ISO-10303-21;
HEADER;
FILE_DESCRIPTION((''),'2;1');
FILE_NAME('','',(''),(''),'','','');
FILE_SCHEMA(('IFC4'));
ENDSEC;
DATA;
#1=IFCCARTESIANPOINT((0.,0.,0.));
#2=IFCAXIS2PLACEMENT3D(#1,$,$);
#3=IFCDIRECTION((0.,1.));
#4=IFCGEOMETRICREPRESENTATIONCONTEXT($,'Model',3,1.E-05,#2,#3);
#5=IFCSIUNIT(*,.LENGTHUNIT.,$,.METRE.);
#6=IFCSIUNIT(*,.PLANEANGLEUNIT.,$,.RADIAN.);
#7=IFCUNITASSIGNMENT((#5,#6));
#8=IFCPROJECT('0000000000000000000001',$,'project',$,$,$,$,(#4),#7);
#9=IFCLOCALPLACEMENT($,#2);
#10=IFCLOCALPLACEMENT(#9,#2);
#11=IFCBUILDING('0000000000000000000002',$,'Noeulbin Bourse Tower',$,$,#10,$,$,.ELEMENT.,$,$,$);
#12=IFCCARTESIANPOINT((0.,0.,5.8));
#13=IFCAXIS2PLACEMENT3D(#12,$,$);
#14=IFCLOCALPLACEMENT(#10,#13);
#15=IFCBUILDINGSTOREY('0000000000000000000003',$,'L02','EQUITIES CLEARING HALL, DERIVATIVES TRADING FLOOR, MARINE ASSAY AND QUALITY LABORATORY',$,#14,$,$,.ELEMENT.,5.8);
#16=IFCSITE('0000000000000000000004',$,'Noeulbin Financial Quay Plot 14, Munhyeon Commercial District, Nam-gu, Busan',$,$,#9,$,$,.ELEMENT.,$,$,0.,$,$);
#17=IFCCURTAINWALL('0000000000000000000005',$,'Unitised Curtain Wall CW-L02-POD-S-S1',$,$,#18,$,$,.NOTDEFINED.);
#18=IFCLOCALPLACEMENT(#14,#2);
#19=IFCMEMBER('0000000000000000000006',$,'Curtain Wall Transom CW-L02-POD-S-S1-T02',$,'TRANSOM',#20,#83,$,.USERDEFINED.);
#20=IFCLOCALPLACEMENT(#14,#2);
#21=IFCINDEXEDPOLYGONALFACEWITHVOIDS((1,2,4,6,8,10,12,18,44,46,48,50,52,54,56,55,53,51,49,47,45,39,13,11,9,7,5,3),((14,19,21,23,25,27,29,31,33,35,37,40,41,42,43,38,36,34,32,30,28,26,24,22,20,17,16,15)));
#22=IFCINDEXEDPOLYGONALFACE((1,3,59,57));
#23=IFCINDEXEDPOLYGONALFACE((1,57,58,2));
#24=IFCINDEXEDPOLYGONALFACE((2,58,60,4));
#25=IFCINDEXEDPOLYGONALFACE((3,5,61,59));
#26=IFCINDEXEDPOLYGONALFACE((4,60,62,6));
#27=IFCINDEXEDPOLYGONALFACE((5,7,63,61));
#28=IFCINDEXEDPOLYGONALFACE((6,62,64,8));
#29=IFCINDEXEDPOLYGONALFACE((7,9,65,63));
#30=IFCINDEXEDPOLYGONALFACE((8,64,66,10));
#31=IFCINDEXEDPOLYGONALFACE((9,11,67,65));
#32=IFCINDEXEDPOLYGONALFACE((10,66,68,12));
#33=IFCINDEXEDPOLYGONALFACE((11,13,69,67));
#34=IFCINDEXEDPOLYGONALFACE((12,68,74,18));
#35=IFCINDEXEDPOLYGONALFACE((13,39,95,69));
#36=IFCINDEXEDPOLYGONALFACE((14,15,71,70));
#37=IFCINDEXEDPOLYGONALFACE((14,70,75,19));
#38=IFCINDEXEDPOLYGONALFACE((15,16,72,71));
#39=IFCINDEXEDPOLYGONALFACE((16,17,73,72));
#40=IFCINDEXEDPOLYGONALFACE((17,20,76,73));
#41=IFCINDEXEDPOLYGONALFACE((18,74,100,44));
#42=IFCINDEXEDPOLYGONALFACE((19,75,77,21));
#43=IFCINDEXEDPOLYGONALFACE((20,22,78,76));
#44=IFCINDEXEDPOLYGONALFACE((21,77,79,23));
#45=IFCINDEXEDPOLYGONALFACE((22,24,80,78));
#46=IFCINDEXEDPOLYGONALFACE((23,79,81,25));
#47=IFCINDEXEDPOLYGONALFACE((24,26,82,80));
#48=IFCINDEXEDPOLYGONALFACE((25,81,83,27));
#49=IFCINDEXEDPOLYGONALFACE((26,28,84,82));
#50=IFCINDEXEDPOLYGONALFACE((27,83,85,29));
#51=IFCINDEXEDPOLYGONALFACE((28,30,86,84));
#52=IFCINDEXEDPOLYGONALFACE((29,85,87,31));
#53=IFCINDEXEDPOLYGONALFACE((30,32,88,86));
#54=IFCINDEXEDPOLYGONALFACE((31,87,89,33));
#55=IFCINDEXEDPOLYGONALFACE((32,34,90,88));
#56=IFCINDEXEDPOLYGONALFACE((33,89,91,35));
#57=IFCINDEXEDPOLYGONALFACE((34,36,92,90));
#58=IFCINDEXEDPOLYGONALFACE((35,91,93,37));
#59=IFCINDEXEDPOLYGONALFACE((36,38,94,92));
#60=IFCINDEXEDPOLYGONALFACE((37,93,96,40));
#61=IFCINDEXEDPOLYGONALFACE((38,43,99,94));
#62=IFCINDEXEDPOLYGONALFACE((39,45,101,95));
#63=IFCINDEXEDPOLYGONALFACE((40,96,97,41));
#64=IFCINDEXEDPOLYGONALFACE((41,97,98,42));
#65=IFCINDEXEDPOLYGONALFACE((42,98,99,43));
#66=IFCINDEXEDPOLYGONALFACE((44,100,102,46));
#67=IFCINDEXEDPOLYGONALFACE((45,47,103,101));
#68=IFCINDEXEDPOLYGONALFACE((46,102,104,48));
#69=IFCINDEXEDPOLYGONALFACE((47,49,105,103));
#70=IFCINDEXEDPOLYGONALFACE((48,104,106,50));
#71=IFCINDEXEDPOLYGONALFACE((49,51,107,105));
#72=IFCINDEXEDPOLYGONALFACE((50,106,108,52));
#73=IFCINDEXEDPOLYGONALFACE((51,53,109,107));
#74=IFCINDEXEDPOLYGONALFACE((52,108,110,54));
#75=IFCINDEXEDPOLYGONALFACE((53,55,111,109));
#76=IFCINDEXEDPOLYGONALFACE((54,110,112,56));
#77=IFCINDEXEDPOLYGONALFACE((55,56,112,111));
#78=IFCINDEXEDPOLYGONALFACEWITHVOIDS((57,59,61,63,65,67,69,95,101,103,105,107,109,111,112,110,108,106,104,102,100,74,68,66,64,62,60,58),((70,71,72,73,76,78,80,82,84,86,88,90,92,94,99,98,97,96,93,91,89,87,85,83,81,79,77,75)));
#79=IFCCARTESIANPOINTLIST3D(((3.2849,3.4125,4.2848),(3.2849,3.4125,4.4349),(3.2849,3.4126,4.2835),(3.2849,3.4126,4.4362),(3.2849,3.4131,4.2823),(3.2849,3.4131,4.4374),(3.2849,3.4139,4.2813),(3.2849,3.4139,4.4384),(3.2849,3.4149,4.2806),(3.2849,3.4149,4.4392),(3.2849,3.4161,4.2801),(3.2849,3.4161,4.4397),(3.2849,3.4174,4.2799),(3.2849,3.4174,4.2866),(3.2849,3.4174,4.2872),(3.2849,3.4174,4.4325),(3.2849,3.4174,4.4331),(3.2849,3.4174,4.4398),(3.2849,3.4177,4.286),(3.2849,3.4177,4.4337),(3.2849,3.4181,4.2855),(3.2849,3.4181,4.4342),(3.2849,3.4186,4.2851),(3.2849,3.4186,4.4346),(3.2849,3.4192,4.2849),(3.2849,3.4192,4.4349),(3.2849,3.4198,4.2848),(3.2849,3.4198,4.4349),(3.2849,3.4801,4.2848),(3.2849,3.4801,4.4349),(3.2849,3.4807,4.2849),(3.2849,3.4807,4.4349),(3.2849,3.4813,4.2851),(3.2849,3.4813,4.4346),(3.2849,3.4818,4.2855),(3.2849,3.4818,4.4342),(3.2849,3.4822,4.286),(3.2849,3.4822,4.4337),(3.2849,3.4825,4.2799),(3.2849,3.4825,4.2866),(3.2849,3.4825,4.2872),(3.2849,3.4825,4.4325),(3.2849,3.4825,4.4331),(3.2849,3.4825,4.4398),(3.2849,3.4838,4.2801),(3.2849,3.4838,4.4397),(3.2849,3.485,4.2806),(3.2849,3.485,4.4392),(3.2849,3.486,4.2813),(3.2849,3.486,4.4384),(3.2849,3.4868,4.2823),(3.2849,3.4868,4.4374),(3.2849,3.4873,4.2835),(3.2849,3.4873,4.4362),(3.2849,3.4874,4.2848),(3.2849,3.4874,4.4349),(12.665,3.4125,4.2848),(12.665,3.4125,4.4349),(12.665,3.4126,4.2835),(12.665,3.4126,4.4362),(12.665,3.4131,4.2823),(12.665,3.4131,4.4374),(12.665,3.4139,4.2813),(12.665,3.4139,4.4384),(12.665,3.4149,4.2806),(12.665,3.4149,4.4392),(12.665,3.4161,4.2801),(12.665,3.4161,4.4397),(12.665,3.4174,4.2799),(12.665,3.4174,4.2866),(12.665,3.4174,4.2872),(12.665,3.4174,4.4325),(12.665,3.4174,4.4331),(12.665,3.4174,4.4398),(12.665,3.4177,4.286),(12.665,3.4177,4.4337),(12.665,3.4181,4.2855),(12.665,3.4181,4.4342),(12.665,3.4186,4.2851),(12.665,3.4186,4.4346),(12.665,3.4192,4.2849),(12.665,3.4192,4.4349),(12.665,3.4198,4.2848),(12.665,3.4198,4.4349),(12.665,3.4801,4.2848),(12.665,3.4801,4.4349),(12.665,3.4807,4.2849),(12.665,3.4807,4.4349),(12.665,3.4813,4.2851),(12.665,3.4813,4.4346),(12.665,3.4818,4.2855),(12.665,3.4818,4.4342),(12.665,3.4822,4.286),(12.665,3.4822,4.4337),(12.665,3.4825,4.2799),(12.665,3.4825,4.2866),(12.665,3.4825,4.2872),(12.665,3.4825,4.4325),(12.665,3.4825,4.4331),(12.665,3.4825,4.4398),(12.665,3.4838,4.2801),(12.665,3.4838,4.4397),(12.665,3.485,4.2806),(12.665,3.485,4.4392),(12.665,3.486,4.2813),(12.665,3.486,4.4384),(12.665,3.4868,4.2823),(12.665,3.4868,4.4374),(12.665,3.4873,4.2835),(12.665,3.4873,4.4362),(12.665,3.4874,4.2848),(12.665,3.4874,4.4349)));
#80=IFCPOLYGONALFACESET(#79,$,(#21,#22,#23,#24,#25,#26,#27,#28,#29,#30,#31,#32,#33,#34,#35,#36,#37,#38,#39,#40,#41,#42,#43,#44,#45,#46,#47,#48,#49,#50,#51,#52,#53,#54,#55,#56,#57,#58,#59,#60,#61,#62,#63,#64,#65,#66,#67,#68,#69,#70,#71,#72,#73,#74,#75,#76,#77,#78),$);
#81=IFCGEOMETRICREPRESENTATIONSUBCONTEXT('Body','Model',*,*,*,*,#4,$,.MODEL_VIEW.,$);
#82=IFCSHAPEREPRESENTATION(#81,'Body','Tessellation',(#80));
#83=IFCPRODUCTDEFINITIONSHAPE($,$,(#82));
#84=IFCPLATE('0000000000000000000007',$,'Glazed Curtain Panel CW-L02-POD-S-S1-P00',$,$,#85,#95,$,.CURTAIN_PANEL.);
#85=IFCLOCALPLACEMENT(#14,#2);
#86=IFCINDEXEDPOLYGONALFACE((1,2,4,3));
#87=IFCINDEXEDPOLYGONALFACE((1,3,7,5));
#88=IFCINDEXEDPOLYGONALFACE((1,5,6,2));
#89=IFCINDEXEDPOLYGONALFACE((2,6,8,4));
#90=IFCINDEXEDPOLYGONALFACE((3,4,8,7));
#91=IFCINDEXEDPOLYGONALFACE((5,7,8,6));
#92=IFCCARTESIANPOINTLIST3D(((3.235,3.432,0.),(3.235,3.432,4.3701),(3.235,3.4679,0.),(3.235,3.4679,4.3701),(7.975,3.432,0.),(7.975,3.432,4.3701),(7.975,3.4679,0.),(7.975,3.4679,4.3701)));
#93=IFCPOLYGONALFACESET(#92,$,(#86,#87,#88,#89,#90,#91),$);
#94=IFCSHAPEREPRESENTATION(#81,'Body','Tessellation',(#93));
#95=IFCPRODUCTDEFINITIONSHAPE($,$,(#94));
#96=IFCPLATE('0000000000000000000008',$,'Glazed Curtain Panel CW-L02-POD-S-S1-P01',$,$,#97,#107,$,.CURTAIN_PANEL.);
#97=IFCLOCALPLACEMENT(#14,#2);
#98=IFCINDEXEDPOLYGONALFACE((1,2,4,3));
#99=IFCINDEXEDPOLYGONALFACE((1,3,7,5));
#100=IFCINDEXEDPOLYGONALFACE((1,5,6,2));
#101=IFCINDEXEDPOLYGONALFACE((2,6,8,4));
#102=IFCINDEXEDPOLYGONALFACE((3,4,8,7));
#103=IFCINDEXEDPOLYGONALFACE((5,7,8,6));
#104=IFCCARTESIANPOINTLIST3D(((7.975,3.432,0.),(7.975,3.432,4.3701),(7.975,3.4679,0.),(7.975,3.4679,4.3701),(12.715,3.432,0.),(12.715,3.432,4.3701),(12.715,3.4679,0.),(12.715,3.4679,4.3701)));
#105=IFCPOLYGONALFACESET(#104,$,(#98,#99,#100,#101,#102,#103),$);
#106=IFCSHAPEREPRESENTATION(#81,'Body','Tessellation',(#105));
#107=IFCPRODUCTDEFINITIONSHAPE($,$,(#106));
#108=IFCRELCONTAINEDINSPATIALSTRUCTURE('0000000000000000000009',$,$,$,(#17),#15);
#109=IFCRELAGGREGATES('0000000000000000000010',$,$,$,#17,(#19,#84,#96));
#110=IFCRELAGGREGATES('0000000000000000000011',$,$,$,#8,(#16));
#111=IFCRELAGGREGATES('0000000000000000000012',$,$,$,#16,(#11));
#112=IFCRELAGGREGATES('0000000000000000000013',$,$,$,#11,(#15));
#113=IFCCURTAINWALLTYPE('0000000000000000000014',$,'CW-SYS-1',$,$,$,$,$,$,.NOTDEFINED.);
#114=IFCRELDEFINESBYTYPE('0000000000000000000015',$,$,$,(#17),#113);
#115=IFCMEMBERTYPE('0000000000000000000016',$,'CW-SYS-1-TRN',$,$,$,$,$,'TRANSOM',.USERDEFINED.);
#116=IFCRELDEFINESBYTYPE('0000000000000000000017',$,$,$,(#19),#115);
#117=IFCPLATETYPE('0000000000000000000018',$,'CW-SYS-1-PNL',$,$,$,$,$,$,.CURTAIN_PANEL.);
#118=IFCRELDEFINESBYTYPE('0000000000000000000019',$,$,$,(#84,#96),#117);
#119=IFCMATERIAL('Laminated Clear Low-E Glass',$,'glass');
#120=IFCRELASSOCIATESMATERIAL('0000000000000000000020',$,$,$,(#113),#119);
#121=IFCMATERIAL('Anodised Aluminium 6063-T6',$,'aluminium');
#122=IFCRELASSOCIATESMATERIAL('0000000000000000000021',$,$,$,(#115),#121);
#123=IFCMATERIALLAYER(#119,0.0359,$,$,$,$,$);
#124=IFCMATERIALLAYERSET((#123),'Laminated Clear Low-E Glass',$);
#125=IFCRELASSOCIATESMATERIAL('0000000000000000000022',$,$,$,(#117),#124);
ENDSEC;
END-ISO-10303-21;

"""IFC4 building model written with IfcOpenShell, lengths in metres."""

from ifc_helpers import new_model, si_unit, direction, frame, origin, origin_2d, place, context, subcontext, project, spatial, rectangle, hollow_rectangle, extrude, material, layer, layer_set, material_profile, profile_set, type_object, element, aggregate, save


model = new_model("IFC4")

# Units and contexts
model_context = context("Model", 3, precision=1e-05, world=origin(), true_north=direction((0.0, 1.0)))
body_context = subcontext(model_context, "Body", "Model", "MODEL_VIEW")
ifc_project = project(units=[si_unit("LENGTHUNIT", "METRE"), si_unit("PLANEANGLEUNIT", "RADIAN")], contexts=[model_context])

# Site, building, storey
site_placement = place(None, origin())
site = spatial("IfcSite", under=ifc_project, at=site_placement, Name="Noeulbin Financial Quay Plot 14, Munhyeon Commercial District, Nam-gu, Busan", CompositionType="ELEMENT", RefElevation=0.0)
building_placement = place(site_placement, origin())
building = spatial("IfcBuilding", under=site, at=building_placement, Name="Noeulbin Bourse Tower", CompositionType="ELEMENT")
storey_placement = place(building_placement, frame((0.0, 0.0, 5.8)))
storey = spatial("IfcBuildingStorey", under=building, at=storey_placement, Name="L02", Description="EQUITIES CLEARING HALL, DERIVATIVES TRADING FLOOR, MARINE ASSAY AND QUALITY LABORATORY", CompositionType="ELEMENT", Elevation=5.8)

# Curtain wall
ifc_material_1 = material(Name="Laminated Clear Low-E Glass", Category="glass")
curtain_wall_type = type_object("IfcCurtainWallType", Name="CW-SYS-1", PredefinedType="NOTDEFINED", material=ifc_material_1)
curtain_wall_1_placement = place(storey_placement, origin())
curtain_wall_1 = element("IfcCurtainWall", 1, at=curtain_wall_1_placement, inside=storey, type_object=curtain_wall_type, Name="Unitised Curtain Wall CW-L02-POD-S-S1", PredefinedType="NOTDEFINED")
ifc_material_2 = material(Name="Anodised Aluminium 6063-T6", Category="aluminium")

# Member
ifc_material_profile_1 = material_profile(ifc_material_2, hollow_rectangle(XDim=0.075, YDim=0.1599, WallThickness=0.0049, InnerFilletRadius=0.0024, OuterFilletRadius=0.0049, at=origin_2d()), Name="ALU-TRAN-75x160x5", Category="LoadBearing")
ifc_profile_set_1 = profile_set([ifc_material_profile_1], Name="Anodised Aluminium 6063-T6")
member_type_1 = type_object("IfcMemberType", Name="CW-SYS-1-TRN", ElementType="TRANSOM", PredefinedType="USERDEFINED", material=ifc_profile_set_1)
member_1_placement = place(storey_placement, frame((3.2849, 3.45, 4.3599), z_axis=(1.0, 0.0, 0.0), x_axis=(0.0, 1.0, 0.0)))
member_1 = element("IfcMember", 2, at=member_1_placement, type_object=member_type_1, Name="Curtain Wall Transom CW-L02-POD-S-S1-T02", ObjectType="TRANSOM", PredefinedType="USERDEFINED", context=body_context, shape_type="SweptSolid", body=[
    extrude(hollow_rectangle(XDim=0.075, YDim=0.1599, WallThickness=0.0049, InnerFilletRadius=0.0024, OuterFilletRadius=0.0049, at=origin_2d()), origin(), (0.0, 0.0, 1.0), 9.3801),
])

# Plates
ifc_layer = layer(ifc_material_1, 0.0359)
ifc_layer_set = layer_set([ifc_layer], Name="Laminated Clear Low-E Glass")
plate_type = type_object("IfcPlateType", Name="CW-SYS-1-PNL", PredefinedType="CURTAIN_PANEL", material=ifc_layer_set)
plate_1_placement = place(storey_placement, frame((5.605, 3.45, 0.0), z_axis=(0.0, 0.0, 1.0), x_axis=(1.0, 0.0, 0.0)))
plate_1 = element("IfcPlate", 3, at=plate_1_placement, type_object=plate_type, Name="Glazed Curtain Panel CW-L02-POD-S-S1-P00", PredefinedType="CURTAIN_PANEL", context=body_context, shape_type="SweptSolid", body=[
    extrude(rectangle(XDim=4.74, YDim=0.0359, at=origin_2d()), origin(), (0.0, 0.0, 1.0), 4.3701),
])
plate_2_placement = place(storey_placement, frame((10.345, 3.45, 0.0), z_axis=(0.0, 0.0, 1.0), x_axis=(1.0, 0.0, 0.0)))
plate_2 = element("IfcPlate", 4, at=plate_2_placement, type_object=plate_type, Name="Glazed Curtain Panel CW-L02-POD-S-S1-P01", PredefinedType="CURTAIN_PANEL", context=body_context, shape_type="SweptSolid", body=[
    extrude(rectangle(XDim=4.74, YDim=0.0359, at=origin_2d()), origin(), (0.0, 0.0, 1.0), 4.3701),
])
aggregate(curtain_wall_1, [member_1, plate_1, plate_2])

save(model, "model.ifc")
